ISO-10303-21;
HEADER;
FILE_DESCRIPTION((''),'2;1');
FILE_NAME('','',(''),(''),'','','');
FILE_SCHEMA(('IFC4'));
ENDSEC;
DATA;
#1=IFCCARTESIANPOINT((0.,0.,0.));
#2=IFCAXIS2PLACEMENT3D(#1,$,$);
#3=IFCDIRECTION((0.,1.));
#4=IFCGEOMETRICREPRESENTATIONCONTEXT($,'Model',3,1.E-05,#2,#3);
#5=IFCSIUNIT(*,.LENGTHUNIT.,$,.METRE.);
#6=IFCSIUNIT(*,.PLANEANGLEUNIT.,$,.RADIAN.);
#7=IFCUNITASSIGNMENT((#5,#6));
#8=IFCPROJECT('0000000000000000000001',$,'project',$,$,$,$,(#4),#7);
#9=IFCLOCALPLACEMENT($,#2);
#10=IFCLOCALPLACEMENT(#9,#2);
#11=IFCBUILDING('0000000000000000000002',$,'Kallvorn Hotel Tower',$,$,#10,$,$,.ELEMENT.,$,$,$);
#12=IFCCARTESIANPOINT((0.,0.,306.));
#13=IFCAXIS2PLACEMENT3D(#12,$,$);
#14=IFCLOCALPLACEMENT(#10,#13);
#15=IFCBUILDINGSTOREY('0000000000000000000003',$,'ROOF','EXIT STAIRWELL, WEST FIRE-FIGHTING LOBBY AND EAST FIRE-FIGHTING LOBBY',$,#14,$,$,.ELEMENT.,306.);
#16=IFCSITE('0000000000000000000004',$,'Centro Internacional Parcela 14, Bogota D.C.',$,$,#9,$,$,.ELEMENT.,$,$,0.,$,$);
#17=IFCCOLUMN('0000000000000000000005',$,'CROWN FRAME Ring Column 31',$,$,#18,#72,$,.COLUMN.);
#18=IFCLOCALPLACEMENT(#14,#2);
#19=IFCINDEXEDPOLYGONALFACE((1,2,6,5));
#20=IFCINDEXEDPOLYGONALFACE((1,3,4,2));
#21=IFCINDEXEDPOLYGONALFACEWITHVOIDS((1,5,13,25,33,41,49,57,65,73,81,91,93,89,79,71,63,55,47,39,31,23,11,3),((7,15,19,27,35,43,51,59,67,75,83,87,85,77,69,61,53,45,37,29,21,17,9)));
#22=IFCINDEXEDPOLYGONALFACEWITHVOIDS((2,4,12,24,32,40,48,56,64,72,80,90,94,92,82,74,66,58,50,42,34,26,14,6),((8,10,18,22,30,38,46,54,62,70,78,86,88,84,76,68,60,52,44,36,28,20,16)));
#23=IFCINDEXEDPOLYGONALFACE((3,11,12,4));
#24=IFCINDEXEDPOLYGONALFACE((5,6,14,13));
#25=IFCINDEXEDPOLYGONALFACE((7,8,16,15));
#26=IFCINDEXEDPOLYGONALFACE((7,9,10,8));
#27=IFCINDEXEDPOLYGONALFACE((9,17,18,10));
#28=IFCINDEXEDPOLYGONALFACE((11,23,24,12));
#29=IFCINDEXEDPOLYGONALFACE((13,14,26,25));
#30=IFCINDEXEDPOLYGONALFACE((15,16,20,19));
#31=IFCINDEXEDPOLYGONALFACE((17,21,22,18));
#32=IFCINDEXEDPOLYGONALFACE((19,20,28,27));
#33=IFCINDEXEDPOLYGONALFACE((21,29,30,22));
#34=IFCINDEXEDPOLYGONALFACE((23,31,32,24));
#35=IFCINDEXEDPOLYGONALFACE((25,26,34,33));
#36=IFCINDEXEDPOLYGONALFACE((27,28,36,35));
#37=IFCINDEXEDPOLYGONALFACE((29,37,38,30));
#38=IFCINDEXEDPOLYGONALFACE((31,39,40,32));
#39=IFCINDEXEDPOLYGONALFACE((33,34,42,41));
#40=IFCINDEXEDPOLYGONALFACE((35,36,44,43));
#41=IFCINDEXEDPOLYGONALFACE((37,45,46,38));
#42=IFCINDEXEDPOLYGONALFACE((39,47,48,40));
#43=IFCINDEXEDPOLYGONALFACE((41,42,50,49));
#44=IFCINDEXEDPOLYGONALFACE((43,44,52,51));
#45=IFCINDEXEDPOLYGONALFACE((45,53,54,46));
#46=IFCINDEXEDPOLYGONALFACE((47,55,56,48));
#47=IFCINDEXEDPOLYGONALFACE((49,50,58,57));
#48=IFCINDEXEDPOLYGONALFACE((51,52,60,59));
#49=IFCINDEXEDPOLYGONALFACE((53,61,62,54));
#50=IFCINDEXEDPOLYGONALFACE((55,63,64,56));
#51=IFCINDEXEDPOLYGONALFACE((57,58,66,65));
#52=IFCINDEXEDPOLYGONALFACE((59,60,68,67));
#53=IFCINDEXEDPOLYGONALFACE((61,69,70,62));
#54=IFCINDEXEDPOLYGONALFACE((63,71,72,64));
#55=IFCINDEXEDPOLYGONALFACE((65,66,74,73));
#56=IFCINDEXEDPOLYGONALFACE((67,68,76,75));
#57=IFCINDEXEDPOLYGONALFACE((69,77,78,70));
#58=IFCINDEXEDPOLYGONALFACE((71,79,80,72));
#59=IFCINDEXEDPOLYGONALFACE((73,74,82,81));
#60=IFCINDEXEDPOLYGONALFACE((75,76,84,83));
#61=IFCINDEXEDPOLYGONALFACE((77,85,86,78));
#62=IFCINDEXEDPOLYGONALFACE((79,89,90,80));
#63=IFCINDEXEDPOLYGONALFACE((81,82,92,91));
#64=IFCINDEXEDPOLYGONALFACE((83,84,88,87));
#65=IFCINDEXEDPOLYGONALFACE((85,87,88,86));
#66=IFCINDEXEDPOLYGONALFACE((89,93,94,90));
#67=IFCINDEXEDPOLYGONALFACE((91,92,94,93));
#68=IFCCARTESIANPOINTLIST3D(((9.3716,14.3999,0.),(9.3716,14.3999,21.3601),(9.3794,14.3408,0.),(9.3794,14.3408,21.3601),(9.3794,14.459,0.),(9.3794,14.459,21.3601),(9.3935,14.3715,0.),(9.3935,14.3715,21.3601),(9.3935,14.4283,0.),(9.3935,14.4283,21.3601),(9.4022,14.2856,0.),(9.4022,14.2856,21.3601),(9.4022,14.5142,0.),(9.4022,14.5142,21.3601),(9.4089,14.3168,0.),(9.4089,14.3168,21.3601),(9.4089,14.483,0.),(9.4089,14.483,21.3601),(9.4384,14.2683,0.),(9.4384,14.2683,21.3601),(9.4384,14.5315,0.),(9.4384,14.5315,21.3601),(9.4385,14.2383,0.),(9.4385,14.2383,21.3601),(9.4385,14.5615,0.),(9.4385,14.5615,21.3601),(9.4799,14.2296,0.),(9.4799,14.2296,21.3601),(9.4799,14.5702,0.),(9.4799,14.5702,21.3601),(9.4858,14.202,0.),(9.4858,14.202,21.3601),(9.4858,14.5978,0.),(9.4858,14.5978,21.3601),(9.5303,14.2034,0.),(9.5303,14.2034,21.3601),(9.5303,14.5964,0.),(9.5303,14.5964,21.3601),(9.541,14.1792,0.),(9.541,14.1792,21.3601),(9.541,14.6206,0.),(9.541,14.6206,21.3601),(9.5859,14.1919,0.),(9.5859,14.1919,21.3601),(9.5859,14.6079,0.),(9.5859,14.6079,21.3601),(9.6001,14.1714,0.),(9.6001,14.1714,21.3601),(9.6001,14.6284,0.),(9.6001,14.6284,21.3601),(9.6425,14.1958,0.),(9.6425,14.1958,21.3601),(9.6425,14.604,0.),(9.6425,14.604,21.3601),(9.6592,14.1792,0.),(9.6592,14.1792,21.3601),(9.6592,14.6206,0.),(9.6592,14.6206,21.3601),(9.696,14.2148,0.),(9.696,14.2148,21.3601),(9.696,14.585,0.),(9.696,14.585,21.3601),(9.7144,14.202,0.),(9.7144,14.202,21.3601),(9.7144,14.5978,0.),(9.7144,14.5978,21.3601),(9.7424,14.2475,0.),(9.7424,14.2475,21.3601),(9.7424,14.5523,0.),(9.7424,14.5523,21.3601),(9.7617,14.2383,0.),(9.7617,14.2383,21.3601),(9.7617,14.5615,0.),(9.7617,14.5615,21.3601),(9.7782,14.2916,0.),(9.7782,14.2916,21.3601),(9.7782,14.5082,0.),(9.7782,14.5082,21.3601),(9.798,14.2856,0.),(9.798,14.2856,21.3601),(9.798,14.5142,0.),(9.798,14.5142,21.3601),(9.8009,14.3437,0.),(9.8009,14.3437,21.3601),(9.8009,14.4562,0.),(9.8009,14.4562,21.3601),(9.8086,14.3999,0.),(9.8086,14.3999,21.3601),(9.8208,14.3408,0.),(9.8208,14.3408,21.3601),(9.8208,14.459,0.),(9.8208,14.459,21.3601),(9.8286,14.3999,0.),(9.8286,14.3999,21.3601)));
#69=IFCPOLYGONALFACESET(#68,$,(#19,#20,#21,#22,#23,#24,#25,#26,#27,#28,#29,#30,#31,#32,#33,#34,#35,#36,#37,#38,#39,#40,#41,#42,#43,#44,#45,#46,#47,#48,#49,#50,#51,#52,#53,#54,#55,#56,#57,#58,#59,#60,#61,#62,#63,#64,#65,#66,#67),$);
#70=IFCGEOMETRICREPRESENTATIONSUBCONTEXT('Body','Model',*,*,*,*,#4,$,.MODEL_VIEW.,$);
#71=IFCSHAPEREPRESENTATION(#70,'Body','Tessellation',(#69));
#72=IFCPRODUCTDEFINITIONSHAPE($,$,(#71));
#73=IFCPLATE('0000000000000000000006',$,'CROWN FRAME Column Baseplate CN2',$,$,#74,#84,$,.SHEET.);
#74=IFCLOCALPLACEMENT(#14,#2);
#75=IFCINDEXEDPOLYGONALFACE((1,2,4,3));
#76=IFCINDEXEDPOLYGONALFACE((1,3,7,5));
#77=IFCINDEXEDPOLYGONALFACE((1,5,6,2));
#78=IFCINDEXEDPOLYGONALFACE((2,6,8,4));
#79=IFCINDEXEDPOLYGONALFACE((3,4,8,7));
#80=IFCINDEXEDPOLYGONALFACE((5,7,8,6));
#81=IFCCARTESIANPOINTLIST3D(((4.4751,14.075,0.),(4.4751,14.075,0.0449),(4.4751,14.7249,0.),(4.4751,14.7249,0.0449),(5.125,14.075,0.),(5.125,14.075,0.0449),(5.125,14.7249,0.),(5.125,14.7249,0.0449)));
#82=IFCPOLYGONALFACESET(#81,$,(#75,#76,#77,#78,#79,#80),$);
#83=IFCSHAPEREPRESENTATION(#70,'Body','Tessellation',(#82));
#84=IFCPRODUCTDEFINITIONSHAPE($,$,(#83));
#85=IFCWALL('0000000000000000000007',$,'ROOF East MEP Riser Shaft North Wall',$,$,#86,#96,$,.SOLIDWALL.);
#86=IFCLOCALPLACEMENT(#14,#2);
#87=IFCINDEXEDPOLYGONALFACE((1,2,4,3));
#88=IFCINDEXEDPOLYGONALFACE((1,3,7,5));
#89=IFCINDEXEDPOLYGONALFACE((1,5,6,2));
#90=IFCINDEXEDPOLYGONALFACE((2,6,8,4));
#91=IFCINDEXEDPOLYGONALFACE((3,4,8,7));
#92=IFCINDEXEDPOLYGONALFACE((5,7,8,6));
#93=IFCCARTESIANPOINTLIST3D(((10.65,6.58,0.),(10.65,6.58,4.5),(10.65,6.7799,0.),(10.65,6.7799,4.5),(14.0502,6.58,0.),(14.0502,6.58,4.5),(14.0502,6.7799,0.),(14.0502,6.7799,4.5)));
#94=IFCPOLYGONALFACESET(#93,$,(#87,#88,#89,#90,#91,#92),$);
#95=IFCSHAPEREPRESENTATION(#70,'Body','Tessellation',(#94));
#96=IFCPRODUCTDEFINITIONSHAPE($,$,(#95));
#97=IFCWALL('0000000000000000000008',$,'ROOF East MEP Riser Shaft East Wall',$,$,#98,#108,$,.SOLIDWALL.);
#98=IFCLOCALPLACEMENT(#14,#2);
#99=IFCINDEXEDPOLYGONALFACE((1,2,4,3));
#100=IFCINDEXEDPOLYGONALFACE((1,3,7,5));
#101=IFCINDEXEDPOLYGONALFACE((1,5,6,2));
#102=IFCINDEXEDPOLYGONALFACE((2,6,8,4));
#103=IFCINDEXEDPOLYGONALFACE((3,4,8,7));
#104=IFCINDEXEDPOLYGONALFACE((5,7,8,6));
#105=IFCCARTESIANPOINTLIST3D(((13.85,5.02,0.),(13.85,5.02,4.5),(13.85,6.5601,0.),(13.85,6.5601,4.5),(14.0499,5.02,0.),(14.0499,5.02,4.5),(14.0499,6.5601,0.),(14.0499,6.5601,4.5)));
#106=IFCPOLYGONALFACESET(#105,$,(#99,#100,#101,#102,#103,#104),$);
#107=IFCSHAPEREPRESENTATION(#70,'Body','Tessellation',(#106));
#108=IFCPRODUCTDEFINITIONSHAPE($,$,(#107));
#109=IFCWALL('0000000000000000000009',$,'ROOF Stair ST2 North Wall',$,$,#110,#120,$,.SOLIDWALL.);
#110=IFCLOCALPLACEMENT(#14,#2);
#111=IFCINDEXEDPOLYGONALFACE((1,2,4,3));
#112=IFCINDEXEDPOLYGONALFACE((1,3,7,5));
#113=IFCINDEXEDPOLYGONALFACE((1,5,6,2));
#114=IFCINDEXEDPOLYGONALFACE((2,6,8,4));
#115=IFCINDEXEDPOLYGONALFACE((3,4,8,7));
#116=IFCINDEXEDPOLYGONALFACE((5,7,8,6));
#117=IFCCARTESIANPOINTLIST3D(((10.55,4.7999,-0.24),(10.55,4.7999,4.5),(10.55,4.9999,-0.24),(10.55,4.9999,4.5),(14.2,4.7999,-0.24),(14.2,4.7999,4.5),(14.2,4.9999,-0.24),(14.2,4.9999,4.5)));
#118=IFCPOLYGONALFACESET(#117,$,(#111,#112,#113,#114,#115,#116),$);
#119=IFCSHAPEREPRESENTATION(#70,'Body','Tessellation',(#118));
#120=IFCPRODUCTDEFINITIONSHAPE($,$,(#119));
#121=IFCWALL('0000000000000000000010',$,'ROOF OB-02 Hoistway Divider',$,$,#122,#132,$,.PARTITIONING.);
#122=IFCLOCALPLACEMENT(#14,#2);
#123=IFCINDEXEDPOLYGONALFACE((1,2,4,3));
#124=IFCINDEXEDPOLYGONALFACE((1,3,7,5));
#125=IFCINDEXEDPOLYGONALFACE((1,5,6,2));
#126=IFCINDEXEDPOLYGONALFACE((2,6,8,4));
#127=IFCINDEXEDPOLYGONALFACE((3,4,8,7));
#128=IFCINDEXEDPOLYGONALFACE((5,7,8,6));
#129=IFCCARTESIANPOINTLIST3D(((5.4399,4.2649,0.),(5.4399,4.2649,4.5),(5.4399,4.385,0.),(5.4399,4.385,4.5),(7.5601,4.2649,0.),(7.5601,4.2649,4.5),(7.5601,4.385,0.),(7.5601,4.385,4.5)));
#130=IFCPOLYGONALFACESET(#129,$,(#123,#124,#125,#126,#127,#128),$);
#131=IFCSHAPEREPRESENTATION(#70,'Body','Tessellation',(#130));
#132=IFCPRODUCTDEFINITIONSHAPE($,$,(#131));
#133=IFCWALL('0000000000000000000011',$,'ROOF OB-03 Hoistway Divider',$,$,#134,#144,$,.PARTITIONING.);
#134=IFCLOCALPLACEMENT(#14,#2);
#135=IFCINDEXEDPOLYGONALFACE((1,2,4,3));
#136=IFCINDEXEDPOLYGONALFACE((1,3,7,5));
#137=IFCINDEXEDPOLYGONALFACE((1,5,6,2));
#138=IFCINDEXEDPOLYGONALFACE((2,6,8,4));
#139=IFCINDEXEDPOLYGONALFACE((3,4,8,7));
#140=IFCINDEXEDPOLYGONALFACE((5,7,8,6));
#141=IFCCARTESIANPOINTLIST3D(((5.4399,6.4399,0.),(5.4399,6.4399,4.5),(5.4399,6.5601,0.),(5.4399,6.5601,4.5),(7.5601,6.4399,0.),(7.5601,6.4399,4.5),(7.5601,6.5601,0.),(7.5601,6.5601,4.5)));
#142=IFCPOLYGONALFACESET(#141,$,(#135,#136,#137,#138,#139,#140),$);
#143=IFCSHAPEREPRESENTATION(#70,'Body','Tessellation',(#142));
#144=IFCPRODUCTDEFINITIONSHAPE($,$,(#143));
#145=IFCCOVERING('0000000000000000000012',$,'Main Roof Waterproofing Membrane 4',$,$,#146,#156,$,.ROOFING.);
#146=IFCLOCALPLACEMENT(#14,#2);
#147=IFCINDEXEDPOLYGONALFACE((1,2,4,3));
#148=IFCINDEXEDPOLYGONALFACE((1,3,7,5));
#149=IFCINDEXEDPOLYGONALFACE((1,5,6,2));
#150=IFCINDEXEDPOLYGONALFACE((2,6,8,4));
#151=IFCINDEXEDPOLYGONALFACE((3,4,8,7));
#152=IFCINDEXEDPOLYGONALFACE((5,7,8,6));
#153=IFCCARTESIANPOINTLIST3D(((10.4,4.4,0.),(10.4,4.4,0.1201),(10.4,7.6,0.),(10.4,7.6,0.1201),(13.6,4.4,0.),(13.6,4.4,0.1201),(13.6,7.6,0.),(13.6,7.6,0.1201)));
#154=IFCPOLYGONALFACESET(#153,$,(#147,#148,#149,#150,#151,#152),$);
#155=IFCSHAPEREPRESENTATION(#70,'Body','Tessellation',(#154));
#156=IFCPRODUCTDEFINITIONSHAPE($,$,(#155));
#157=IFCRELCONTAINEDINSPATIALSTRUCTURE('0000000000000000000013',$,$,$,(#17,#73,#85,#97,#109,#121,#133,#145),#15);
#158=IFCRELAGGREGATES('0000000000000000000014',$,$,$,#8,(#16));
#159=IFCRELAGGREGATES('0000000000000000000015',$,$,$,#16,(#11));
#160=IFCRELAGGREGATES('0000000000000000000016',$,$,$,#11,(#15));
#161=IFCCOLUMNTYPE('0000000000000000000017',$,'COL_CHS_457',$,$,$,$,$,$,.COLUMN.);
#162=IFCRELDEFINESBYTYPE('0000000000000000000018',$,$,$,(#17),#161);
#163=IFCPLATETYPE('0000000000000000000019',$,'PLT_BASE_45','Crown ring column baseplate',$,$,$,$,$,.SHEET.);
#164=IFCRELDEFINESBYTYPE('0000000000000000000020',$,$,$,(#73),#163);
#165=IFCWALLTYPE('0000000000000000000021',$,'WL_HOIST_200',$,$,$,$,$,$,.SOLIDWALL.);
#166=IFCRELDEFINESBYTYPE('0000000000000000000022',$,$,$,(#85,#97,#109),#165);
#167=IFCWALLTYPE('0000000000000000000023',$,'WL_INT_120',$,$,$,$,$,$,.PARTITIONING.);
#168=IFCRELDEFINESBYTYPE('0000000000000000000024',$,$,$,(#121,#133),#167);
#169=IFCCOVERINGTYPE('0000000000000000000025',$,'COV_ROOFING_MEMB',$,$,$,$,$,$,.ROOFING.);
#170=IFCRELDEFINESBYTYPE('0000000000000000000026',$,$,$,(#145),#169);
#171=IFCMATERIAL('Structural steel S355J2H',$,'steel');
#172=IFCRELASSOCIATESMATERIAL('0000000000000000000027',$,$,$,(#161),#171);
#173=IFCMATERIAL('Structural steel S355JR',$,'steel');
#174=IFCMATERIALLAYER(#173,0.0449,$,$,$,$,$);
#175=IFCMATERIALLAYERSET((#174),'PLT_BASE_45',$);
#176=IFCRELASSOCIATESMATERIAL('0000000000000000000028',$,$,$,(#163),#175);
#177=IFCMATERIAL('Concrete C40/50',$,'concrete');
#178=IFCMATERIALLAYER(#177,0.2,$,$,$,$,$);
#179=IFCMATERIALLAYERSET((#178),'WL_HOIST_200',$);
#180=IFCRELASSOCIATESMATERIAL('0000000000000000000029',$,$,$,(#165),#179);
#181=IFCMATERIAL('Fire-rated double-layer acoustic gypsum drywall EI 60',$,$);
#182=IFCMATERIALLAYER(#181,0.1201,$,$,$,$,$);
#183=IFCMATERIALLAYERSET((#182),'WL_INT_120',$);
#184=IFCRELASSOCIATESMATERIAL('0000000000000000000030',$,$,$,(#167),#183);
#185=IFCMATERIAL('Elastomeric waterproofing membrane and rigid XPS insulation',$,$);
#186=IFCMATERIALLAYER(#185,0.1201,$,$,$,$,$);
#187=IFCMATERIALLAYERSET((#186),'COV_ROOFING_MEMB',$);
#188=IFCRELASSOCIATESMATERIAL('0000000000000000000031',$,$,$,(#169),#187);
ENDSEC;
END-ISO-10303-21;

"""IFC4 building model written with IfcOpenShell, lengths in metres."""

from ifc_helpers import new_model, si_unit, direction, frame, frame_2d, origin, origin_2d, place, context, subcontext, project, spatial, rectangle, hollow_circle, extrude, material, layer, layer_set, material_profile, profile_set, type_object, element, save


model = new_model("IFC4")

# Units and contexts
model_context = context("Model", 3, precision=1e-05, world=origin(), true_north=direction((0.0, 1.0)))
body_context = subcontext(model_context, "Body", "Model", "MODEL_VIEW")
ifc_project = project(units=[si_unit("LENGTHUNIT", "METRE"), si_unit("PLANEANGLEUNIT", "RADIAN")], contexts=[model_context])

# Site, building, storey
site_placement = place(None, origin())
site = spatial("IfcSite", under=ifc_project, at=site_placement, Name="Centro Internacional Parcela 14, Bogota D.C.", CompositionType="ELEMENT", RefElevation=0.0)
building_placement = place(site_placement, origin())
building = spatial("IfcBuilding", under=site, at=building_placement, Name="Kallvorn Hotel Tower", CompositionType="ELEMENT")
storey_placement = place(building_placement, frame((0.0, 0.0, 306.0)))
storey = spatial("IfcBuildingStorey", under=building, at=storey_placement, Name="ROOF", Description="EXIT STAIRWELL, WEST FIRE-FIGHTING LOBBY AND EAST FIRE-FIGHTING LOBBY", CompositionType="ELEMENT", Elevation=306.0)

# Column
ifc_material_1 = material(Name="Structural steel S355J2H", Category="steel")
ifc_material_profile = material_profile(ifc_material_1, hollow_circle(Radius=0.2285, WallThickness=0.02, at=origin_2d()), Name="CHS 457x20")
ifc_profile_set = profile_set([ifc_material_profile], Name="Structural steel S355J2H")
column_type = type_object("IfcColumnType", Name="COL_CHS_457", PredefinedType="COLUMN", material=ifc_profile_set)
for number, where, z_axis, x_axis, name in (
    (1, (9.6001, 14.3999, 0.0), (0.0, 0.0, 1.0), (1.0, 0.0, 0.0), "CROWN FRAME Ring Column 31"),
):
    element("IfcColumn", number, at=place(storey_placement, frame(where, z_axis=z_axis, x_axis=x_axis)), inside=storey, type_object=column_type, Name=name, PredefinedType="COLUMN", context=body_context, shape_type="SweptSolid", body=[
        extrude(hollow_circle(Radius=0.2285, WallThickness=0.02, at=origin_2d()), origin(), (0.0, 0.0, 1.0), 21.3601),
    ])

# Plate
ifc_material_2 = material(Name="Structural steel S355JR", Category="steel")
ifc_layer_1 = layer(ifc_material_2, 0.0449)
ifc_layer_set_1 = layer_set([ifc_layer_1], Name="PLT_BASE_45")
plate_type = type_object("IfcPlateType", Name="PLT_BASE_45", Description="Crown ring column baseplate", PredefinedType="SHEET", material=ifc_layer_set_1)
plate_placement = place(storey_placement, frame((4.8, 14.3999, 0.0), z_axis=(0.0, 0.0, 1.0), x_axis=(1.0, 0.0, 0.0)))
element("IfcPlate", 2, at=plate_placement, inside=storey, type_object=plate_type, Name="CROWN FRAME Column Baseplate CN2", PredefinedType="SHEET", context=body_context, shape_type="SweptSolid", body=[
    extrude(rectangle(XDim=0.6499, YDim=0.6499, at=origin_2d()), origin(), (0.0, 0.0, 1.0), 0.0449),
])

# Walls
ifc_material_3 = material(Name="Concrete C40/50", Category="concrete")
ifc_layer_2 = layer(ifc_material_3, 0.2)
ifc_layer_set_2 = layer_set([ifc_layer_2], Name="WL_HOIST_200")
wall_type_1 = type_object("IfcWallType", Name="WL_HOIST_200", PredefinedType="SOLIDWALL", material=ifc_layer_set_2)
wall_1_placement = place(storey_placement, frame((10.6499, 6.6799, 0.0), z_axis=(0.0, 0.0, 1.0), x_axis=(1.0, 0.0, 0.0)))
element("IfcWall", 3, at=wall_1_placement, inside=storey, type_object=wall_type_1, Name="ROOF East MEP Riser Shaft North Wall", PredefinedType="SOLIDWALL", context=body_context, shape_type="SweptSolid", body=[
    extrude(rectangle(XDim=3.4001, YDim=0.2, at=frame_2d((1.7002, 0.0))), origin(), (0.0, 0.0, 1.0), 4.5),
])
wall_2_placement = place(storey_placement, frame((13.95, 5.02, 0.0), z_axis=(0.0, 0.0, 1.0), x_axis=(0.0, 1.0, 0.0)))
element("IfcWall", 4, at=wall_2_placement, inside=storey, type_object=wall_type_1, Name="ROOF East MEP Riser Shaft East Wall", PredefinedType="SOLIDWALL", context=body_context, shape_type="SweptSolid", body=[
    extrude(rectangle(XDim=1.54, YDim=0.2, at=frame_2d((0.77, 0.0))), origin(), (0.0, 0.0, 1.0), 4.5),
])
wall_3_placement = place(storey_placement, frame((10.55, 4.8999, -0.24), z_axis=(0.0, 0.0, 1.0), x_axis=(1.0, 0.0, 0.0)))
element("IfcWall", 5, at=wall_3_placement, inside=storey, type_object=wall_type_1, Name="ROOF Stair ST2 North Wall", PredefinedType="SOLIDWALL", context=body_context, shape_type="SweptSolid", body=[
    extrude(rectangle(XDim=3.6499, YDim=0.2, at=frame_2d((1.825, 0.0))), origin(), (0.0, 0.0, 1.0), 4.74),
])
ifc_material_4 = material(Name="Fire-rated double-layer acoustic gypsum drywall EI 60")
ifc_layer_3 = layer(ifc_material_4, 0.1201)
ifc_layer_set_3 = layer_set([ifc_layer_3], Name="WL_INT_120")
wall_type_2 = type_object("IfcWallType", Name="WL_INT_120", PredefinedType="PARTITIONING", material=ifc_layer_set_3)
for number, where, z_axis, x_axis, name in (
    (6, (5.4399, 4.325, 0.0), (0.0, 0.0, 1.0), (1.0, 0.0, 0.0), "ROOF OB-02 Hoistway Divider"),
    (7, (5.4399, 6.5, 0.0), (0.0, 0.0, 1.0), (1.0, 0.0, 0.0), "ROOF OB-03 Hoistway Divider"),
):
    element("IfcWall", number, at=place(storey_placement, frame(where, z_axis=z_axis, x_axis=x_axis)), inside=storey, type_object=wall_type_2, Name=name, PredefinedType="PARTITIONING", context=body_context, shape_type="SweptSolid", body=[
        extrude(rectangle(XDim=2.1201, YDim=0.1201, at=frame_2d((1.0601, 0.0))), origin(), (0.0, 0.0, 1.0), 4.5),
    ])

# Covering
ifc_material_5 = material(Name="Elastomeric waterproofing membrane and rigid XPS insulation")
ifc_layer_4 = layer(ifc_material_5, 0.1201)
ifc_layer_set_4 = layer_set([ifc_layer_4], Name="COV_ROOFING_MEMB")
covering_type = type_object("IfcCoveringType", Name="COV_ROOFING_MEMB", PredefinedType="ROOFING", material=ifc_layer_set_4)
covering_placement = place(storey_placement, frame((12.0, 6.0, 0.0), z_axis=(0.0, 0.0, 1.0), x_axis=(1.0, 0.0, 0.0)))
element("IfcCovering", 8, at=covering_placement, inside=storey, type_object=covering_type, Name="Main Roof Waterproofing Membrane 4", PredefinedType="ROOFING", context=body_context, shape_type="SweptSolid", body=[
    extrude(rectangle(XDim=3.2, YDim=3.2, at=origin_2d()), origin(), (0.0, 0.0, 1.0), 0.1201),
])

save(model, "model.ifc")
